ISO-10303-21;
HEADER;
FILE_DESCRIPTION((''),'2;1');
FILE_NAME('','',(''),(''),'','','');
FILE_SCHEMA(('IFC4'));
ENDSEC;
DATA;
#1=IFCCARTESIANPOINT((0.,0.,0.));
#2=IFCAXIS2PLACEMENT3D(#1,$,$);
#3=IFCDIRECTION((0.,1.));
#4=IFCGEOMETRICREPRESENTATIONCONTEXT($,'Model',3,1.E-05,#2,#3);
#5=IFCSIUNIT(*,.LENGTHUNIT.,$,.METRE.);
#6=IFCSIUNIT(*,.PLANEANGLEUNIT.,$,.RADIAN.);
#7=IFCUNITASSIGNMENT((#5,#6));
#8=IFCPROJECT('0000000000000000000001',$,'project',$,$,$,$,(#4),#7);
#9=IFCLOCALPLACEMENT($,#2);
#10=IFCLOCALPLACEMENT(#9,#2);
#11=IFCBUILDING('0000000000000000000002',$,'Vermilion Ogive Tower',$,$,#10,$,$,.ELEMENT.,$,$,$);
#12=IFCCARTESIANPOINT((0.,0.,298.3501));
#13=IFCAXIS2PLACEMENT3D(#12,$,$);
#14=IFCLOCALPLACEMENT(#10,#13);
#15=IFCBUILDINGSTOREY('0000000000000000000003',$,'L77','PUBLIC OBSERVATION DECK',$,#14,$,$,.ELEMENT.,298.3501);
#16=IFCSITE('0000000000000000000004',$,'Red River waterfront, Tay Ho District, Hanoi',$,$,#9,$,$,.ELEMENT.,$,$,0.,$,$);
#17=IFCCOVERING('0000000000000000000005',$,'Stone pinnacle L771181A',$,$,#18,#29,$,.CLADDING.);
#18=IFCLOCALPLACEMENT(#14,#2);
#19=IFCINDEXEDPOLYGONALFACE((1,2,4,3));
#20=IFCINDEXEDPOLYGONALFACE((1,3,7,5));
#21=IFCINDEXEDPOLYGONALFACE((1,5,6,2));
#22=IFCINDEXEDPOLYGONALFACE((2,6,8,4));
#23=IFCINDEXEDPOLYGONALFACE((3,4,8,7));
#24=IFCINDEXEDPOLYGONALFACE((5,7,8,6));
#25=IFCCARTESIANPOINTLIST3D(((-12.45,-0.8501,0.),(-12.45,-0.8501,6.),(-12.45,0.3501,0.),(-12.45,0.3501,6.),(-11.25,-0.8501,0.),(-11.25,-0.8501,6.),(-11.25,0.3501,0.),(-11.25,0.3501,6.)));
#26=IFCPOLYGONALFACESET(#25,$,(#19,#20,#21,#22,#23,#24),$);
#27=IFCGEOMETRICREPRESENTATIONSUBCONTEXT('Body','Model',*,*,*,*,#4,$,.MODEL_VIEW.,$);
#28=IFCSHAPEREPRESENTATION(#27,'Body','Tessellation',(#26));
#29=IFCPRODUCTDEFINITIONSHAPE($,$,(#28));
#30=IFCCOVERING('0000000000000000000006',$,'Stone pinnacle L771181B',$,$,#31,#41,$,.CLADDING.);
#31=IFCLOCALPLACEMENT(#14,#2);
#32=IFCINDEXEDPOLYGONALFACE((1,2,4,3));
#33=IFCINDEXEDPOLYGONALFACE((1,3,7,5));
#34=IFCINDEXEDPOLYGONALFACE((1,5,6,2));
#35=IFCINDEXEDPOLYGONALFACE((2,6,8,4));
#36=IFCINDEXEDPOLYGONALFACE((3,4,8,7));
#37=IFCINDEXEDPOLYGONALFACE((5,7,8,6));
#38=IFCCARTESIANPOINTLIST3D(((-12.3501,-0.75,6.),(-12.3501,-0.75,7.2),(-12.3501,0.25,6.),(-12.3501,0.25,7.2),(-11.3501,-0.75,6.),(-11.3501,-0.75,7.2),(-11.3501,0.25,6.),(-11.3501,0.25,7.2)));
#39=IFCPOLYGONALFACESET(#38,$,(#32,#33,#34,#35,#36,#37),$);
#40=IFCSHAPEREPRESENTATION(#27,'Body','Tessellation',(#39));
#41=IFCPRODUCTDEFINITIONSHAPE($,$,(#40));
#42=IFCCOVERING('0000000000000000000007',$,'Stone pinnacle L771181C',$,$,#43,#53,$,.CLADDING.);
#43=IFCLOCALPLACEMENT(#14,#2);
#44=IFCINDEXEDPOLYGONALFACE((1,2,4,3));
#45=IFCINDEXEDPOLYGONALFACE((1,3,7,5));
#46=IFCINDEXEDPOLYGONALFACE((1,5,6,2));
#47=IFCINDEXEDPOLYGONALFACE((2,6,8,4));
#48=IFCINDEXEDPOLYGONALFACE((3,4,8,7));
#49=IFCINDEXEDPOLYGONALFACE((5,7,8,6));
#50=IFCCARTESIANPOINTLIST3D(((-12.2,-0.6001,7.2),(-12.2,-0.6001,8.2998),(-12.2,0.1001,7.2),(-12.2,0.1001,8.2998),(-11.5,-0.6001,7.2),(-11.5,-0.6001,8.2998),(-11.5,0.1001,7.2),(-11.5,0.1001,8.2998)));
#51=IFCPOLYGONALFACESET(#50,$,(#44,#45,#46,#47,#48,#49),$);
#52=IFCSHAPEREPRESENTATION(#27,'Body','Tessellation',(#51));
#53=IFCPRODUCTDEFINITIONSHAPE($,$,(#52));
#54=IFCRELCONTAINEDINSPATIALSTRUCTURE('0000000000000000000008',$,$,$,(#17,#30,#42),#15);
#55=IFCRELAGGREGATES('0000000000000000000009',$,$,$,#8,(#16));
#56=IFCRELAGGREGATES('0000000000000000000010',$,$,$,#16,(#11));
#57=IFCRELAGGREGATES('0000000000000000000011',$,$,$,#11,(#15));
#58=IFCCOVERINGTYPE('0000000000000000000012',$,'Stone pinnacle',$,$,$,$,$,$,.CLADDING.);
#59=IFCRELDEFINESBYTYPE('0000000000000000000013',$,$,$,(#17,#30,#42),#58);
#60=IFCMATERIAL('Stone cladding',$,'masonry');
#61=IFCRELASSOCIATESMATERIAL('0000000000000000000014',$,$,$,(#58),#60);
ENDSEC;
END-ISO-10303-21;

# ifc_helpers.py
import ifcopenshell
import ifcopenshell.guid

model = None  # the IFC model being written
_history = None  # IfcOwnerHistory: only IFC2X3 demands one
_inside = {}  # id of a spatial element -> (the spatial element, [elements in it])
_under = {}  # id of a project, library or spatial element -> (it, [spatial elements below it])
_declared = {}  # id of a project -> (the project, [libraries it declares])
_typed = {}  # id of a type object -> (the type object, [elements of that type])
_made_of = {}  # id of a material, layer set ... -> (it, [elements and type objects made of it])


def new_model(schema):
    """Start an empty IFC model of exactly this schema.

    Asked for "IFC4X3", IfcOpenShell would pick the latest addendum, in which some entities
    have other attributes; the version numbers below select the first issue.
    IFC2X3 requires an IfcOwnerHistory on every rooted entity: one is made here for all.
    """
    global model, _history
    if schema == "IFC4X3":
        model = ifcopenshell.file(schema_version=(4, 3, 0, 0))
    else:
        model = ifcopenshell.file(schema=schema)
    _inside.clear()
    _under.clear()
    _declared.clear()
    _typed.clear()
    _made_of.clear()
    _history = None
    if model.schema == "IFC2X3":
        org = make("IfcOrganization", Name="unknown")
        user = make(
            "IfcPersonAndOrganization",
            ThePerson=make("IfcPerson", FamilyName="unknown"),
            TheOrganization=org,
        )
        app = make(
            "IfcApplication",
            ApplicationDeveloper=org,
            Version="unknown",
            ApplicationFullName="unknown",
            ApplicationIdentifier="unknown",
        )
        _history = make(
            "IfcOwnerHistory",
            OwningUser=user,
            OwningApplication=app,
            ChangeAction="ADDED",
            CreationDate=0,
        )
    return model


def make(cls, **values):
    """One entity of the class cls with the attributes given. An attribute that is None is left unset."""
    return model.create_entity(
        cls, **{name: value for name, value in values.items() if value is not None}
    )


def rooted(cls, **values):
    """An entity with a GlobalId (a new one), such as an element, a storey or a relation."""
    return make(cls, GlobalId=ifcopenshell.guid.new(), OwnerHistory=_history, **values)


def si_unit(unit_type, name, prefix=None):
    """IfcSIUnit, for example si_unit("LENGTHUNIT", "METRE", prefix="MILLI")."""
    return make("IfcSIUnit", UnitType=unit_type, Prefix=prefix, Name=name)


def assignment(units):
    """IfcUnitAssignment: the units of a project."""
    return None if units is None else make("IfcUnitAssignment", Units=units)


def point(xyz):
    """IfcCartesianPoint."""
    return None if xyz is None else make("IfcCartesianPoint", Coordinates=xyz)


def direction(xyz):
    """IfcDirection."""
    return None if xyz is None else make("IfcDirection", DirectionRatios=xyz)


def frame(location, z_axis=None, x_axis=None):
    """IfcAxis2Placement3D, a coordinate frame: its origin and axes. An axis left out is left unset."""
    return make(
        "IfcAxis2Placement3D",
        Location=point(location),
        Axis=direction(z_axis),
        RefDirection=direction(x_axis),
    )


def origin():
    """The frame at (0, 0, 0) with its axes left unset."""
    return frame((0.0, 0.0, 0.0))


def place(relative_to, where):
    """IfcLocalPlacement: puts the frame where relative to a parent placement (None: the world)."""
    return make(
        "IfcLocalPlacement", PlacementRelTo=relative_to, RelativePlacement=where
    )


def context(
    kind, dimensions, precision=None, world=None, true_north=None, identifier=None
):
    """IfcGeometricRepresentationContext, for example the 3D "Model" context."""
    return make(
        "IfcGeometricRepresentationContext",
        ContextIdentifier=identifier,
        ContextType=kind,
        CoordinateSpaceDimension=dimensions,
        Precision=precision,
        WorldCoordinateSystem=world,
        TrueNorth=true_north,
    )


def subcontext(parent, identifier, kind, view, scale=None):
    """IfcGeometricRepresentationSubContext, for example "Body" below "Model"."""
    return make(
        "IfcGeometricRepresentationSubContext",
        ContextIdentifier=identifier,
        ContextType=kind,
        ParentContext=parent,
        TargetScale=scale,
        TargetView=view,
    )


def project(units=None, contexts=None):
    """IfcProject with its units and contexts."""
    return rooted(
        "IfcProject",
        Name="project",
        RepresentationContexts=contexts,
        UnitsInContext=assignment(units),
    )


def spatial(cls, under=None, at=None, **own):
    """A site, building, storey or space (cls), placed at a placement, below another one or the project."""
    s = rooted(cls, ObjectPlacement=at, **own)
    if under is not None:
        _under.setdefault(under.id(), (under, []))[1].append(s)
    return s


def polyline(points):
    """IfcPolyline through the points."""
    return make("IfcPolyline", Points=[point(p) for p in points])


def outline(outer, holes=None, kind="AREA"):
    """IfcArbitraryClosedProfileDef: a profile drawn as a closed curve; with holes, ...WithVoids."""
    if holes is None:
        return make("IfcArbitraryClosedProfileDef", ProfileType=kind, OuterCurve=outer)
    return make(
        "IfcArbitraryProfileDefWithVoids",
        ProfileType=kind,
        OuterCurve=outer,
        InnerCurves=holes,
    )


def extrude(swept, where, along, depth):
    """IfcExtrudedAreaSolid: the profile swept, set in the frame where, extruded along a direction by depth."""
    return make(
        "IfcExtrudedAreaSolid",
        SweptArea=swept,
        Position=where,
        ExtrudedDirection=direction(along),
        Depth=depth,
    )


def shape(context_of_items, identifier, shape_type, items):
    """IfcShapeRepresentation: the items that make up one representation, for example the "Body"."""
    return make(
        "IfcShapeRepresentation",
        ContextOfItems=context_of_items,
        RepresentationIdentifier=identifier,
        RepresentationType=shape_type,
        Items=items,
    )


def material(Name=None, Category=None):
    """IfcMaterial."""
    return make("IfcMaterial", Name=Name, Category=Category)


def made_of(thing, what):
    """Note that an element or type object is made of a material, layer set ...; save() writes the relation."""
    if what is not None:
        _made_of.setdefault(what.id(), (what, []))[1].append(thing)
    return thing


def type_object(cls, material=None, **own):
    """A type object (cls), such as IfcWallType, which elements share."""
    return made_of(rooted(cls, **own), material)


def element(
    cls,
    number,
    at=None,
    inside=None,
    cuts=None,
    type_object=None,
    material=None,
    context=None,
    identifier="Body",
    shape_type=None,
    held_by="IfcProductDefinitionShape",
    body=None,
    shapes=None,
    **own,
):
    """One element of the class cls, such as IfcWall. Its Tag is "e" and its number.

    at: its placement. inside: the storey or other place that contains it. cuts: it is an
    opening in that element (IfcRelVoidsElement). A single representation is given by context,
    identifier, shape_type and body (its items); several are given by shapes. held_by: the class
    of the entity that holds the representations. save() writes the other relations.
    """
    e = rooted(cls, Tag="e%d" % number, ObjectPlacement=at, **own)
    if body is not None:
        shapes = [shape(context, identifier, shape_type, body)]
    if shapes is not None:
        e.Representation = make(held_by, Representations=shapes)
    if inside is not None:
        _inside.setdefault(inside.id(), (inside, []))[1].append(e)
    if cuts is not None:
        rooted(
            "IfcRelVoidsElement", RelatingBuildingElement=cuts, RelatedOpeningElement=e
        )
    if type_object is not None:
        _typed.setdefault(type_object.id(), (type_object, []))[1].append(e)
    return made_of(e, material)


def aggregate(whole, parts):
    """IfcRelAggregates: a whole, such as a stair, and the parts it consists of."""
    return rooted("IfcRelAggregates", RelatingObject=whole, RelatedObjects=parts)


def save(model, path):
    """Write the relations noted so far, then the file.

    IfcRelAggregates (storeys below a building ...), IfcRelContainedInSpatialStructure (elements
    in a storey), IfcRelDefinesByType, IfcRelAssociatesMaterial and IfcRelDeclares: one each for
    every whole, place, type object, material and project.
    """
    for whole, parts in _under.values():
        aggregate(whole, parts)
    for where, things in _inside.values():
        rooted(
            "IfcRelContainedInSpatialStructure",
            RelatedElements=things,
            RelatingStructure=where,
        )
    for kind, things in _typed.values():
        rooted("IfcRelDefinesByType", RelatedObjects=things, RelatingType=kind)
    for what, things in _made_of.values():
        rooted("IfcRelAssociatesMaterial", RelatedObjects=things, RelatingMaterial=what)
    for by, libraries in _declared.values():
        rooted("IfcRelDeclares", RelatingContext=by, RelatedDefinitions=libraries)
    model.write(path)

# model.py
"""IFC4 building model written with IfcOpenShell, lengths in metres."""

from ifc_helpers import new_model, si_unit, direction, frame, origin, place, context, subcontext, project, spatial, polyline, outline, extrude, material, type_object, element, save


model = new_model("IFC4")

# Units and contexts
model_context = context("Model", 3, precision=1e-05, world=origin(), true_north=direction((0.0, 1.0)))
body_context = subcontext(model_context, "Body", "Model", "MODEL_VIEW")
ifc_project = project(units=[si_unit("LENGTHUNIT", "METRE"), si_unit("PLANEANGLEUNIT", "RADIAN")], contexts=[model_context])

# Site, building, storey
site_placement = place(None, origin())
site = spatial("IfcSite", under=ifc_project, at=site_placement, Name="Red River waterfront, Tay Ho District, Hanoi", CompositionType="ELEMENT", RefElevation=0.0)
building_placement = place(site_placement, origin())
building = spatial("IfcBuilding", under=site, at=building_placement, Name="Vermilion Ogive Tower", CompositionType="ELEMENT")
storey_placement = place(building_placement, frame((0.0, 0.0, 298.3501)))
storey = spatial("IfcBuildingStorey", under=building, at=storey_placement, Name="L77", Description="PUBLIC OBSERVATION DECK", CompositionType="ELEMENT", Elevation=298.3501)

# Coverings
ifc_material_1 = material(Name="Stone cladding", Category="masonry")
covering_type = type_object("IfcCoveringType", Name="Stone pinnacle", PredefinedType="CLADDING", material=ifc_material_1)
covering_1_placement = place(storey_placement, origin())
element("IfcCovering", 1, at=covering_1_placement, inside=storey, type_object=covering_type, Name="Stone pinnacle L771181A", PredefinedType="CLADDING", context=body_context, shape_type="SweptSolid", body=[
    extrude(outline(polyline([(-12.45, -0.8501), (-11.25, -0.8501), (-11.25, 0.3501), (-12.45, 0.3501), (-12.45, -0.8501)])), origin(), (0.0, 0.0, 1.0), 6.0),
])
covering_2_placement = place(storey_placement, frame((0.0, 0.0, 6.0)))
element("IfcCovering", 2, at=covering_2_placement, inside=storey, type_object=covering_type, Name="Stone pinnacle L771181B", PredefinedType="CLADDING", context=body_context, shape_type="SweptSolid", body=[
    extrude(outline(polyline([(-12.3501, -0.75), (-11.3501, -0.75), (-11.3501, 0.25), (-12.3501, 0.25), (-12.3501, -0.75)])), origin(), (0.0, 0.0, 1.0), 1.2),
])
covering_3_placement = place(storey_placement, frame((0.0, 0.0, 7.2)))
element("IfcCovering", 3, at=covering_3_placement, inside=storey, type_object=covering_type, Name="Stone pinnacle L771181C", PredefinedType="CLADDING", context=body_context, shape_type="SweptSolid", body=[
    extrude(outline(polyline([(-12.2, -0.6001), (-11.5, -0.6001), (-11.5, 0.1001), (-12.2, 0.1001), (-12.2, -0.6001)])), origin(), (0.0, 0.0, 1.0), 1.0999),
])

save(model, "model.ifc")
